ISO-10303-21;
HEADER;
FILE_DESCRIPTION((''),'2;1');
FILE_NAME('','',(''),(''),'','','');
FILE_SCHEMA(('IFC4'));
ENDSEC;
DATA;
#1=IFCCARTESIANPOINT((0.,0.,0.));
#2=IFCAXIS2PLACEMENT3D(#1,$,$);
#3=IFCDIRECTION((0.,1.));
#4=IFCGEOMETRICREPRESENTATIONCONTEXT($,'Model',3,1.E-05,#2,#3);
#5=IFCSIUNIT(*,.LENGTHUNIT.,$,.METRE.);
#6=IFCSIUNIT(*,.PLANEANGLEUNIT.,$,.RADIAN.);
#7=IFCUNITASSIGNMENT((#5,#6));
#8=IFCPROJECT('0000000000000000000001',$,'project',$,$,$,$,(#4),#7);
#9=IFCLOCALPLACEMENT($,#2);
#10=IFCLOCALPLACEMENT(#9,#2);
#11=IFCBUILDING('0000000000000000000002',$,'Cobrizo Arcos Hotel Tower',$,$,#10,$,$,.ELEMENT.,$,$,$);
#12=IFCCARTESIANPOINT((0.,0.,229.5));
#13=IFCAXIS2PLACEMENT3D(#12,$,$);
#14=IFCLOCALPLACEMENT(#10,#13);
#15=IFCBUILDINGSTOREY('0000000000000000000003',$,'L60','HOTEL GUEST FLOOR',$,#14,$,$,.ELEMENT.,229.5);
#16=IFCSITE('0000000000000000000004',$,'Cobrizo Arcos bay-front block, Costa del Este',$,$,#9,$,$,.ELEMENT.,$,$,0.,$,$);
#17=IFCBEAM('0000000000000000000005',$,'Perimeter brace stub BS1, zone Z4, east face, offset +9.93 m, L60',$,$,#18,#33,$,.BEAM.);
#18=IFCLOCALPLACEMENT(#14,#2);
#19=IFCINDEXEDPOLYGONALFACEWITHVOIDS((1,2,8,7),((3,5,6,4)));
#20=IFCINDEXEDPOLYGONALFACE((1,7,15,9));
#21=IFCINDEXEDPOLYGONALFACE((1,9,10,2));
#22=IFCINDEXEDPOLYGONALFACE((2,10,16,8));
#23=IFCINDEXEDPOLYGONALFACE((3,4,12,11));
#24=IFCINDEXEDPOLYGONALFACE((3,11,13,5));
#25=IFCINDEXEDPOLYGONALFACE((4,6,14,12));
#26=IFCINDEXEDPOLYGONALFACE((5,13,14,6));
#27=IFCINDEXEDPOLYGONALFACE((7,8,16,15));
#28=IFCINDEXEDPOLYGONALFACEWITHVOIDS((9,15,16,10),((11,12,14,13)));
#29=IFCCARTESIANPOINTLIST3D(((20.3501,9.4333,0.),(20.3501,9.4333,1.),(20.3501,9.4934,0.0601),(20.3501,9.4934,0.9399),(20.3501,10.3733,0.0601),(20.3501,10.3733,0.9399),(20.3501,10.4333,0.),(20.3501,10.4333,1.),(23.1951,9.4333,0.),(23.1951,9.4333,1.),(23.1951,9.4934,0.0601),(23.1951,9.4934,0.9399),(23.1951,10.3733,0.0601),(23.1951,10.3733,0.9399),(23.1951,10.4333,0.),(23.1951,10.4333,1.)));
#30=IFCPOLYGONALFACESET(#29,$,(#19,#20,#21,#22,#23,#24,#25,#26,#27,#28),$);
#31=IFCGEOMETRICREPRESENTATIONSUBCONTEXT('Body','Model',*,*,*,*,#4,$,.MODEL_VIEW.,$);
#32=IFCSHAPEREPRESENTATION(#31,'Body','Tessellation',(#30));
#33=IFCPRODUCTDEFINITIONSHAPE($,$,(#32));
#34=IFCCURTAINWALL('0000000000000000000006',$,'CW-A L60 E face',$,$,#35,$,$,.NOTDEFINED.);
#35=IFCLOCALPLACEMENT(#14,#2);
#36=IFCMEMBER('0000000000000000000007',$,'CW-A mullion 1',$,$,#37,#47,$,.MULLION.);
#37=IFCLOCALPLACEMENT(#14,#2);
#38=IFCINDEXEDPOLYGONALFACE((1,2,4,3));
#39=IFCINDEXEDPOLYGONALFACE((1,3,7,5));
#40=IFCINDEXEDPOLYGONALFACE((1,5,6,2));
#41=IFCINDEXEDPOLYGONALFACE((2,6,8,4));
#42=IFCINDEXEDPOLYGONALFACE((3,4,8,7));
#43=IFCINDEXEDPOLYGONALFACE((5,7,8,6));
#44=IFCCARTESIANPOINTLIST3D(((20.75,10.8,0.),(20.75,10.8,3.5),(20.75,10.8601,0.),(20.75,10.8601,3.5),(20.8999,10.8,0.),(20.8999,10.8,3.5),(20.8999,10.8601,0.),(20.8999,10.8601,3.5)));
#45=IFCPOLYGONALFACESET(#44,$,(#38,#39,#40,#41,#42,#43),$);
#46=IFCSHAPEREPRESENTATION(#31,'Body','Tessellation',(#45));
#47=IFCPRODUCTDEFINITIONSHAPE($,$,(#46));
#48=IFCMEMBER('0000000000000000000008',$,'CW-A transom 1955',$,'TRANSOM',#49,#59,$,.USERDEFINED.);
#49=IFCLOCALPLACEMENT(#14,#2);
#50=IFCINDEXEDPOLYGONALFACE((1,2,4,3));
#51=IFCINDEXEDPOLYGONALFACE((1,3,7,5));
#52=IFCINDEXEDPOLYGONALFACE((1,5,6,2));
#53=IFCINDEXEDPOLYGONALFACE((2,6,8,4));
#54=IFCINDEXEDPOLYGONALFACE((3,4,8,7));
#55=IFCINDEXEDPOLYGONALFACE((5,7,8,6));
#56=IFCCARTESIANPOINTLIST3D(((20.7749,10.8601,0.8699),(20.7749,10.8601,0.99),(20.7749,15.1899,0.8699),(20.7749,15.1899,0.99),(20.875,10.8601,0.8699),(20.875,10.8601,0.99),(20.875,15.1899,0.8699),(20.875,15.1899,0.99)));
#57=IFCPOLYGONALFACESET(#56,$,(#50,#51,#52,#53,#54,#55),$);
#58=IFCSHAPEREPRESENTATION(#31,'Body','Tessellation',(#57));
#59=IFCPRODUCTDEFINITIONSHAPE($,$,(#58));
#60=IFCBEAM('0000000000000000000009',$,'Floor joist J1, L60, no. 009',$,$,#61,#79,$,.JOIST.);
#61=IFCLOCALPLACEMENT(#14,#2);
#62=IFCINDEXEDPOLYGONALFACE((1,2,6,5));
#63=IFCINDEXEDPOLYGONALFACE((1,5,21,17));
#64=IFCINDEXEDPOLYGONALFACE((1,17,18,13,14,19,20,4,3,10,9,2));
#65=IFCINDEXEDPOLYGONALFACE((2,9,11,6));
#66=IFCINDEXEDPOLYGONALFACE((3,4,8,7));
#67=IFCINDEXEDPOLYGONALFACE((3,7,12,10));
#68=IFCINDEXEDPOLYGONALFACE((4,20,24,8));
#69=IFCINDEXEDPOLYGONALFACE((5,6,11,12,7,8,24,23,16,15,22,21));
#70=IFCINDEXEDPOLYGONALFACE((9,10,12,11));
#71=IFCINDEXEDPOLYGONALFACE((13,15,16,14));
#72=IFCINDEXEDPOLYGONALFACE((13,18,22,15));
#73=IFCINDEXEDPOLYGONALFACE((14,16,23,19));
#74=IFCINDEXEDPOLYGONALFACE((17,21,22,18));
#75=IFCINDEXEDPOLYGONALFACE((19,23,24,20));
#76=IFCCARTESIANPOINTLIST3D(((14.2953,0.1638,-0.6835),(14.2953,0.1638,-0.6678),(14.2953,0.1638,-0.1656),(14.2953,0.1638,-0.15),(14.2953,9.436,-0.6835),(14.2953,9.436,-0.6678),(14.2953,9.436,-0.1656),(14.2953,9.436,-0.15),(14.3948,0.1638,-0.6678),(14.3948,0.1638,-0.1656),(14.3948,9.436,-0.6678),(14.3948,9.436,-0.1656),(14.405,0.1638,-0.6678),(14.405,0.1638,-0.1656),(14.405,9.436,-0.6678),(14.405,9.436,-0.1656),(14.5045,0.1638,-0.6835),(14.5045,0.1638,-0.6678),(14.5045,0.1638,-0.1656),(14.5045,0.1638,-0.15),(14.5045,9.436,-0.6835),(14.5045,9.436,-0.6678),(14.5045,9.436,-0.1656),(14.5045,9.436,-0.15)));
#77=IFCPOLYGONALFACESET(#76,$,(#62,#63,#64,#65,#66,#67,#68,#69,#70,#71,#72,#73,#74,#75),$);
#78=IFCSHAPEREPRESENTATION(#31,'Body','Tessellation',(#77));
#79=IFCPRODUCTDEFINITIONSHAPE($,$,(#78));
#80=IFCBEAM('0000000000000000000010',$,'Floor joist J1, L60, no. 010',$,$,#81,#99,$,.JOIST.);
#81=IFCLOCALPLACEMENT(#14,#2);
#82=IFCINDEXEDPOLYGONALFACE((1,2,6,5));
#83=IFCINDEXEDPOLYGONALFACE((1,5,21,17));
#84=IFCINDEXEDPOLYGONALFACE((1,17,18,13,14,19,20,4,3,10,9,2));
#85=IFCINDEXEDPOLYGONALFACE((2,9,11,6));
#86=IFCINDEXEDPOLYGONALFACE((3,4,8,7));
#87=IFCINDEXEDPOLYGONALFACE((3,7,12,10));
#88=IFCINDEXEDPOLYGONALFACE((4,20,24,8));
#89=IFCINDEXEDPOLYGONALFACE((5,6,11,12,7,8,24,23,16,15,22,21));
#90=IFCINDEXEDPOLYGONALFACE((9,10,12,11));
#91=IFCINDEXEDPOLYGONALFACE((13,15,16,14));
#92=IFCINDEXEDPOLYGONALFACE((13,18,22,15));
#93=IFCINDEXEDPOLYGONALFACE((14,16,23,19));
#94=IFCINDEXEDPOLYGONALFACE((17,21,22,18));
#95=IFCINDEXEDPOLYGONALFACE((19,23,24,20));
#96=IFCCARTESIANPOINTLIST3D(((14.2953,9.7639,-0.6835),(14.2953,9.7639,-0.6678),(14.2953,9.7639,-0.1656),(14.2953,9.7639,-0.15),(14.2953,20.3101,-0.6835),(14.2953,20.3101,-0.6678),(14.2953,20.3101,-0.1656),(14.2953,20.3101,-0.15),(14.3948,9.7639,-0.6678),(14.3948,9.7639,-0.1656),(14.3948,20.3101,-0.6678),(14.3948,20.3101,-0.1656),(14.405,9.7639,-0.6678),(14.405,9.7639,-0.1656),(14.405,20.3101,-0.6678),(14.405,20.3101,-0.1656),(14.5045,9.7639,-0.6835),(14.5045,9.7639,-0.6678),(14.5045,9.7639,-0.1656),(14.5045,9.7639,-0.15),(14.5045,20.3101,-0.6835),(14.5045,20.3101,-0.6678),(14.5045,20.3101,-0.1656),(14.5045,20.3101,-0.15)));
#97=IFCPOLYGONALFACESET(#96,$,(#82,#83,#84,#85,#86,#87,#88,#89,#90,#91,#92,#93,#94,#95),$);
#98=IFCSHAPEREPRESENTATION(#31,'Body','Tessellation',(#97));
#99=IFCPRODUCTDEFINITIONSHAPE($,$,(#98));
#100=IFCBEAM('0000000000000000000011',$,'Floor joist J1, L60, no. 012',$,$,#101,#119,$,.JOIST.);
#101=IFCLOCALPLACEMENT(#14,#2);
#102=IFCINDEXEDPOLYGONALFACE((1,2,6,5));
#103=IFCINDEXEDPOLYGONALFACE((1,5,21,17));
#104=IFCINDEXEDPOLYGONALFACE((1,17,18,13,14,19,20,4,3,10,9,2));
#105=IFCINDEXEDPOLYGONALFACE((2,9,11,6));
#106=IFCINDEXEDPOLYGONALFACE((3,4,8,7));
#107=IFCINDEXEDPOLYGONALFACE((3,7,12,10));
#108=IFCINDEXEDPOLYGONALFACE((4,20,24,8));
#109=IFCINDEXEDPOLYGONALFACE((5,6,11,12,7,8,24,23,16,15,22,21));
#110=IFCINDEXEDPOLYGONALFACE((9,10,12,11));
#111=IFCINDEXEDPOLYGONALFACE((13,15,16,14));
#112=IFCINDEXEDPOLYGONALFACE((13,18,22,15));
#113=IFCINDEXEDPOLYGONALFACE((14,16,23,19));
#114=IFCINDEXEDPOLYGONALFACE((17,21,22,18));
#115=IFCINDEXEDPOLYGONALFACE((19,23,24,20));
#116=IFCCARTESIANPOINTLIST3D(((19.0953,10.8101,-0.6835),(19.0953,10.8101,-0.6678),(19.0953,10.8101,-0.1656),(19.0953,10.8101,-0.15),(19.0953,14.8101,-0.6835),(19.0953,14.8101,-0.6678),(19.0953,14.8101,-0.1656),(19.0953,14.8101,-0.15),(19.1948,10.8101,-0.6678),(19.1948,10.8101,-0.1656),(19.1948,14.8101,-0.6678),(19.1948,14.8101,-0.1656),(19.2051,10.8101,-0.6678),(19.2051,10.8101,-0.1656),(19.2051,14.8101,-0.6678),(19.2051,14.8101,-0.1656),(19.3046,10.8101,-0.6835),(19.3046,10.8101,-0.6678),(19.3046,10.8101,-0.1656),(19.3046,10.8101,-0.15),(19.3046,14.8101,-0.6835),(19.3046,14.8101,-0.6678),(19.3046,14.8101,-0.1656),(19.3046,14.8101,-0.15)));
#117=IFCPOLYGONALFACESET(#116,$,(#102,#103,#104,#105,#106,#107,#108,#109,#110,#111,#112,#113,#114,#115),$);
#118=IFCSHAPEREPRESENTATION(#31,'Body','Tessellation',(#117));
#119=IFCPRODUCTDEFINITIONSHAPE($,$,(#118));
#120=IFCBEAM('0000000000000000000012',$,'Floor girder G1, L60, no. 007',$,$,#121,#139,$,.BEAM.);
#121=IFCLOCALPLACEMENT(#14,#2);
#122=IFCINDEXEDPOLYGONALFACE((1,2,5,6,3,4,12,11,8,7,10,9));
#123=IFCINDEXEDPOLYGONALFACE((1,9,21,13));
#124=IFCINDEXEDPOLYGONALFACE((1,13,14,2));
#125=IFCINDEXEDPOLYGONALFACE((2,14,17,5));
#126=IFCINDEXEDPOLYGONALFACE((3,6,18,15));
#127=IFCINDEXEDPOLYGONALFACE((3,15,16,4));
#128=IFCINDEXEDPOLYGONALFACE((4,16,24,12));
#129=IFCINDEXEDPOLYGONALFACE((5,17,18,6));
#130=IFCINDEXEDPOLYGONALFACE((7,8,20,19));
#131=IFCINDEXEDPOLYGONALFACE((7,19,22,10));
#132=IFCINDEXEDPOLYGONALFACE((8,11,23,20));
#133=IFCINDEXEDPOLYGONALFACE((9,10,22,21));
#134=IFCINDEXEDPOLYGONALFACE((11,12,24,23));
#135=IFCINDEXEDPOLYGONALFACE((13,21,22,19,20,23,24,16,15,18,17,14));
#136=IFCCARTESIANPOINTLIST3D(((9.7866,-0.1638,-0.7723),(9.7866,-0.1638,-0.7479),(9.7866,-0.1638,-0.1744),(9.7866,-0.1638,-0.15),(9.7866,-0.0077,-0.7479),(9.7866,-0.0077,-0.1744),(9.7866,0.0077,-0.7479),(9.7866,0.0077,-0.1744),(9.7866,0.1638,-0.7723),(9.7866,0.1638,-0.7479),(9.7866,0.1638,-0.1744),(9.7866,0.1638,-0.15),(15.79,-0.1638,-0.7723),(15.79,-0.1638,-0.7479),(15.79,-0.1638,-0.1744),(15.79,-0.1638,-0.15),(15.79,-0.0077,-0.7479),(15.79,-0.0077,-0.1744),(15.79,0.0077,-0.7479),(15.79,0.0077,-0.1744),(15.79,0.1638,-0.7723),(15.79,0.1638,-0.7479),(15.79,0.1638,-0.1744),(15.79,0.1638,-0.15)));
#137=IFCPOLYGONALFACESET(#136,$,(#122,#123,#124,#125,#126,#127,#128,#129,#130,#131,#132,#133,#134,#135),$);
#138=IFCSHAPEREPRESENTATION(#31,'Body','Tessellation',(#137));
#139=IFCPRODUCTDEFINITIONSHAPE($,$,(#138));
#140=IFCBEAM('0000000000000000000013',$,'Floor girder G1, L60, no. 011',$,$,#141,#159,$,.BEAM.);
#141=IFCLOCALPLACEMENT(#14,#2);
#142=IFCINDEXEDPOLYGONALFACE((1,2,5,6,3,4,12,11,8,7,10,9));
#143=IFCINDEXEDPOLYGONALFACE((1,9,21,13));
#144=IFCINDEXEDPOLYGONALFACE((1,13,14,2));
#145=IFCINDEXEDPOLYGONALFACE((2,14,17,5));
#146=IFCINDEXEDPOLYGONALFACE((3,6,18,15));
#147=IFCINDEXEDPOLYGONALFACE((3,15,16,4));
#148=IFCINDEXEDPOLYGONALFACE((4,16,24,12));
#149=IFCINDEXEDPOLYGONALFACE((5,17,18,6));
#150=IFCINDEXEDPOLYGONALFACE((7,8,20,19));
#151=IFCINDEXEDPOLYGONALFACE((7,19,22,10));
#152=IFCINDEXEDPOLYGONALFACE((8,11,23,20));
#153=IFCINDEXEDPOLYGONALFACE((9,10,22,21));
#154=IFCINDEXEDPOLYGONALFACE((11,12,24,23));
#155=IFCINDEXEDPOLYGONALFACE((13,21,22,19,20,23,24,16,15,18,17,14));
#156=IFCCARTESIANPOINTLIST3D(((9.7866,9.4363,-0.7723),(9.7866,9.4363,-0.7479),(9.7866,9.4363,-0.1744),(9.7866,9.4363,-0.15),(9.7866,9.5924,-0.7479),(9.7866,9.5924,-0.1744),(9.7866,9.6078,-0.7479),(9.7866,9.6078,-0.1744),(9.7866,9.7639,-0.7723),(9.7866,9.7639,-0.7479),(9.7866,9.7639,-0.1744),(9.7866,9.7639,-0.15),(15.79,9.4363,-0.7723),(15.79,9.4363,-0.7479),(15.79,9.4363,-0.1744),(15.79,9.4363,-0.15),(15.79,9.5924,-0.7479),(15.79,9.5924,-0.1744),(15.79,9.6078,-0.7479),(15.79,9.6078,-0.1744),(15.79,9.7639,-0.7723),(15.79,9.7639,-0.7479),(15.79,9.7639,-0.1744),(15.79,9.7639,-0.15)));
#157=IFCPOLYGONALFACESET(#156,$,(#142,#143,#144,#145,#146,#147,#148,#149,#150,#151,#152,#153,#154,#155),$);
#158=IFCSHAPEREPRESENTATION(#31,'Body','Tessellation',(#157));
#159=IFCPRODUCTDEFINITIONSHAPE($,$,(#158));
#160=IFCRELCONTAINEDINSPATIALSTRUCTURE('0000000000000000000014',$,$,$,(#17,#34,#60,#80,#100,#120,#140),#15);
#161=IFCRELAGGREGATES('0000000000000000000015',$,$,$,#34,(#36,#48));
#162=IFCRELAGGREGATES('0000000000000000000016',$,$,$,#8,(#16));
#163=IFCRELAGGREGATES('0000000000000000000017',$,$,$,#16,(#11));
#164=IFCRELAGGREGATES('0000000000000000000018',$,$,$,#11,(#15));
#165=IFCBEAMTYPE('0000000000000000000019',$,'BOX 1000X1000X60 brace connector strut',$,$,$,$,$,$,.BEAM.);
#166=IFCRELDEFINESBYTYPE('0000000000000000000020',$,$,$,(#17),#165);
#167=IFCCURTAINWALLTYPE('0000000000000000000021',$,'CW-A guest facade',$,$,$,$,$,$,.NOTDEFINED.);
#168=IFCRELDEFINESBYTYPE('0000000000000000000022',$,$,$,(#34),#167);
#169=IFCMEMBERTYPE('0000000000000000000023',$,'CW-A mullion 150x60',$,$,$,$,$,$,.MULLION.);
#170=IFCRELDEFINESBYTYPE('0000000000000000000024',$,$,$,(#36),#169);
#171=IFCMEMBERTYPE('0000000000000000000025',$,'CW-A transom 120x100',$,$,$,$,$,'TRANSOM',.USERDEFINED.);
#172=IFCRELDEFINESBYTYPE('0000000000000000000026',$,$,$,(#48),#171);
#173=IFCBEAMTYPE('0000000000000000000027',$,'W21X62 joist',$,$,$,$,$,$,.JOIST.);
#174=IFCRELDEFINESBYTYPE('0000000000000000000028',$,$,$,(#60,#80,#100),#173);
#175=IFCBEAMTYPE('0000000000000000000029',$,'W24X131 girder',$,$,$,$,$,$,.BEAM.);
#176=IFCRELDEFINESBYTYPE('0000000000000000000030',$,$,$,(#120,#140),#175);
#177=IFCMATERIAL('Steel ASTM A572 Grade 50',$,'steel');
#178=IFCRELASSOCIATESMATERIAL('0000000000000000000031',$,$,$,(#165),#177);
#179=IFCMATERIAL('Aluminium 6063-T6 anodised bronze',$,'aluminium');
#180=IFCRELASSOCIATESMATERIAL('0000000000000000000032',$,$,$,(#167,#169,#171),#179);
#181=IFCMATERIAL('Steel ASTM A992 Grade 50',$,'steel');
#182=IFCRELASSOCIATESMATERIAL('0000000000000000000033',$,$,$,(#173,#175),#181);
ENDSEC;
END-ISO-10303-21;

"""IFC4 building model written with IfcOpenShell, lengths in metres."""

from ifc_helpers import new_model, si_unit, direction, frame, origin, origin_2d, place, context, subcontext, project, spatial, rectangle, hollow_rectangle, i_section, extrude, material, material_profile, profile_set, type_object, element, aggregate, save


model = new_model("IFC4")

# Units and contexts
model_context = context("Model", 3, precision=1e-05, world=origin(), true_north=direction((0.0, 1.0)))
body_context = subcontext(model_context, "Body", "Model", "MODEL_VIEW")
ifc_project = project(units=[si_unit("LENGTHUNIT", "METRE"), si_unit("PLANEANGLEUNIT", "RADIAN")], contexts=[model_context])

# Site, building, storey
site_placement = place(None, origin())
site = spatial("IfcSite", under=ifc_project, at=site_placement, Name="Cobrizo Arcos bay-front block, Costa del Este", CompositionType="ELEMENT", RefElevation=0.0)
building_placement = place(site_placement, origin())
building = spatial("IfcBuilding", under=site, at=building_placement, Name="Cobrizo Arcos Hotel Tower", CompositionType="ELEMENT")
storey_placement = place(building_placement, frame((0.0, 0.0, 229.5)))
storey = spatial("IfcBuildingStorey", under=building, at=storey_placement, Name="L60", Description="HOTEL GUEST FLOOR", CompositionType="ELEMENT", Elevation=229.5)

# Beam
ifc_material_1 = material(Name="Steel ASTM A572 Grade 50", Category="steel")
ifc_material_profile_1 = material_profile(ifc_material_1, hollow_rectangle(XDim=1.0, YDim=1.0, WallThickness=0.0601, at=origin_2d()), Name="BOX 1000X1000X60")
ifc_profile_set_1 = profile_set([ifc_material_profile_1], Name="Steel ASTM A572 Grade 50")
beam_type_1 = type_object("IfcBeamType", Name="BOX 1000X1000X60 brace connector strut", PredefinedType="BEAM", material=ifc_profile_set_1)
beam_1_placement = place(storey_placement, frame((20.3501, 9.9333, 0.5), z_axis=(1.0, 0.0, 0.0), x_axis=(0.0, 1.0, 0.0)))
element("IfcBeam", 1, at=beam_1_placement, inside=storey, type_object=beam_type_1, Name="Perimeter brace stub BS1, zone Z4, east face, offset +9.93 m, L60", PredefinedType="BEAM", context=body_context, shape_type="SweptSolid", body=[
    extrude(hollow_rectangle(XDim=1.0, YDim=1.0, WallThickness=0.0601, at=origin_2d()), origin(), (0.0, 0.0, 1.0), 2.845),
])

# Curtain wall, members
ifc_material_2 = material(Name="Aluminium 6063-T6 anodised bronze", Category="aluminium")
curtain_wall_type = type_object("IfcCurtainWallType", Name="CW-A guest facade", PredefinedType="NOTDEFINED", material=ifc_material_2)
curtain_wall_placement = place(storey_placement, origin())
curtain_wall = element("IfcCurtainWall", 2, at=curtain_wall_placement, inside=storey, type_object=curtain_wall_type, Name="CW-A L60 E face", PredefinedType="NOTDEFINED")
ifc_material_profile_2 = material_profile(ifc_material_2, rectangle(XDim=0.1499, YDim=0.0601, at=origin_2d()), Name="CW-A mullion 150x60")
ifc_profile_set_2 = profile_set([ifc_material_profile_2], Name="Aluminium 6063-T6 anodised bronze")
member_type_1 = type_object("IfcMemberType", Name="CW-A mullion 150x60", PredefinedType="MULLION", material=ifc_profile_set_2)
member_1_placement = place(storey_placement, frame((20.825, 10.8301, 0.0), z_axis=(0.0, 0.0, 1.0), x_axis=(1.0, 0.0, 0.0)))
member_1 = element("IfcMember", 3, at=member_1_placement, type_object=member_type_1, Name="CW-A mullion 1", PredefinedType="MULLION", context=body_context, shape_type="SweptSolid", body=[
    extrude(rectangle(XDim=0.1499, YDim=0.0601, at=origin_2d()), origin(), (0.0, 0.0, 1.0), 3.5),
])
ifc_material_profile_3 = material_profile(ifc_material_2, rectangle(XDim=0.1001, YDim=0.1201, at=origin_2d()), Name="CW-A transom 120x100")
ifc_profile_set_3 = profile_set([ifc_material_profile_3], Name="Aluminium 6063-T6 anodised bronze")
member_type_2 = type_object("IfcMemberType", Name="CW-A transom 120x100", ElementType="TRANSOM", PredefinedType="USERDEFINED", material=ifc_profile_set_3)
member_2_placement = place(storey_placement, frame((20.825, 10.8601, 0.9299), z_axis=(0.0, 1.0, 0.0), x_axis=(-1.0, 0.0, 0.0)))
member_2 = element("IfcMember", 4, at=member_2_placement, type_object=member_type_2, Name="CW-A transom 1955", ObjectType="TRANSOM", PredefinedType="USERDEFINED", context=body_context, shape_type="SweptSolid", body=[
    extrude(rectangle(XDim=0.1001, YDim=0.1201, at=origin_2d()), origin(), (0.0, 0.0, 1.0), 4.3298),
])
aggregate(curtain_wall, [member_1, member_2])

# Beams
ifc_material_3 = material(Name="Steel ASTM A992 Grade 50", Category="steel")
ifc_material_profile_4 = material_profile(ifc_material_3, i_section(OverallWidth=0.2092, OverallDepth=0.5334, WebThickness=0.0103, FlangeThickness=0.0156, at=origin_2d()), Name="W21X62")
ifc_profile_set_4 = profile_set([ifc_material_profile_4], Name="Steel ASTM A992 Grade 50")
beam_type_2 = type_object("IfcBeamType", Name="W21X62 joist", PredefinedType="JOIST", material=ifc_profile_set_4)
beam_2_placement = place(storey_placement, frame((14.3999, 0.1638, -0.4167), z_axis=(0.0, 1.0, 0.0), x_axis=(-1.0, 0.0, 0.0)))
element("IfcBeam", 5, at=beam_2_placement, inside=storey, type_object=beam_type_2, Name="Floor joist J1, L60, no. 009", PredefinedType="JOIST", context=body_context, shape_type="SweptSolid", body=[
    extrude(i_section(OverallWidth=0.2092, OverallDepth=0.5334, WebThickness=0.0103, FlangeThickness=0.0156, at=origin_2d()), origin(), (0.0, 0.0, 1.0), 9.2722),
])
beam_3_placement = place(storey_placement, frame((14.3999, 9.7639, -0.4167), z_axis=(0.0, 1.0, 0.0), x_axis=(-1.0, 0.0, 0.0)))
element("IfcBeam", 6, at=beam_3_placement, inside=storey, type_object=beam_type_2, Name="Floor joist J1, L60, no. 010", PredefinedType="JOIST", context=body_context, shape_type="SweptSolid", body=[
    extrude(i_section(OverallWidth=0.2092, OverallDepth=0.5334, WebThickness=0.0103, FlangeThickness=0.0156, at=origin_2d()), origin(), (0.0, 0.0, 1.0), 10.5461),
])
beam_4_placement = place(storey_placement, frame((19.2, 10.8101, -0.4167), z_axis=(0.0, 1.0, 0.0), x_axis=(-1.0, 0.0, 0.0)))
element("IfcBeam", 7, at=beam_4_placement, inside=storey, type_object=beam_type_2, Name="Floor joist J1, L60, no. 012", PredefinedType="JOIST", context=body_context, shape_type="SweptSolid", body=[
    extrude(i_section(OverallWidth=0.2092, OverallDepth=0.5334, WebThickness=0.0103, FlangeThickness=0.0156, at=origin_2d()), origin(), (0.0, 0.0, 1.0), 4.0),
])
ifc_material_profile_5 = material_profile(ifc_material_3, i_section(OverallWidth=0.3276, OverallDepth=0.6223, WebThickness=0.0154, FlangeThickness=0.0244, at=origin_2d()), Name="W24X131")
ifc_profile_set_5 = profile_set([ifc_material_profile_5], Name="Steel ASTM A992 Grade 50")
beam_type_3 = type_object("IfcBeamType", Name="W24X131 girder", PredefinedType="BEAM", material=ifc_profile_set_5)
for number, where, z_axis, x_axis, name in (
    (8, (9.7866, 0.0, -0.4612), (1.0, 0.0, 0.0), (0.0, 1.0, 0.0), "Floor girder G1, L60, no. 007"),
    (9, (9.7866, 9.6001, -0.4612), (1.0, 0.0, 0.0), (0.0, 1.0, 0.0), "Floor girder G1, L60, no. 011"),
):
    element("IfcBeam", number, at=place(storey_placement, frame(where, z_axis=z_axis, x_axis=x_axis)), inside=storey, type_object=beam_type_3, Name=name, PredefinedType="BEAM", context=body_context, shape_type="SweptSolid", body=[
        extrude(i_section(OverallWidth=0.3276, OverallDepth=0.6223, WebThickness=0.0154, FlangeThickness=0.0244, at=origin_2d()), origin(), (0.0, 0.0, 1.0), 6.0034),
    ])

save(model, "model.ifc")
